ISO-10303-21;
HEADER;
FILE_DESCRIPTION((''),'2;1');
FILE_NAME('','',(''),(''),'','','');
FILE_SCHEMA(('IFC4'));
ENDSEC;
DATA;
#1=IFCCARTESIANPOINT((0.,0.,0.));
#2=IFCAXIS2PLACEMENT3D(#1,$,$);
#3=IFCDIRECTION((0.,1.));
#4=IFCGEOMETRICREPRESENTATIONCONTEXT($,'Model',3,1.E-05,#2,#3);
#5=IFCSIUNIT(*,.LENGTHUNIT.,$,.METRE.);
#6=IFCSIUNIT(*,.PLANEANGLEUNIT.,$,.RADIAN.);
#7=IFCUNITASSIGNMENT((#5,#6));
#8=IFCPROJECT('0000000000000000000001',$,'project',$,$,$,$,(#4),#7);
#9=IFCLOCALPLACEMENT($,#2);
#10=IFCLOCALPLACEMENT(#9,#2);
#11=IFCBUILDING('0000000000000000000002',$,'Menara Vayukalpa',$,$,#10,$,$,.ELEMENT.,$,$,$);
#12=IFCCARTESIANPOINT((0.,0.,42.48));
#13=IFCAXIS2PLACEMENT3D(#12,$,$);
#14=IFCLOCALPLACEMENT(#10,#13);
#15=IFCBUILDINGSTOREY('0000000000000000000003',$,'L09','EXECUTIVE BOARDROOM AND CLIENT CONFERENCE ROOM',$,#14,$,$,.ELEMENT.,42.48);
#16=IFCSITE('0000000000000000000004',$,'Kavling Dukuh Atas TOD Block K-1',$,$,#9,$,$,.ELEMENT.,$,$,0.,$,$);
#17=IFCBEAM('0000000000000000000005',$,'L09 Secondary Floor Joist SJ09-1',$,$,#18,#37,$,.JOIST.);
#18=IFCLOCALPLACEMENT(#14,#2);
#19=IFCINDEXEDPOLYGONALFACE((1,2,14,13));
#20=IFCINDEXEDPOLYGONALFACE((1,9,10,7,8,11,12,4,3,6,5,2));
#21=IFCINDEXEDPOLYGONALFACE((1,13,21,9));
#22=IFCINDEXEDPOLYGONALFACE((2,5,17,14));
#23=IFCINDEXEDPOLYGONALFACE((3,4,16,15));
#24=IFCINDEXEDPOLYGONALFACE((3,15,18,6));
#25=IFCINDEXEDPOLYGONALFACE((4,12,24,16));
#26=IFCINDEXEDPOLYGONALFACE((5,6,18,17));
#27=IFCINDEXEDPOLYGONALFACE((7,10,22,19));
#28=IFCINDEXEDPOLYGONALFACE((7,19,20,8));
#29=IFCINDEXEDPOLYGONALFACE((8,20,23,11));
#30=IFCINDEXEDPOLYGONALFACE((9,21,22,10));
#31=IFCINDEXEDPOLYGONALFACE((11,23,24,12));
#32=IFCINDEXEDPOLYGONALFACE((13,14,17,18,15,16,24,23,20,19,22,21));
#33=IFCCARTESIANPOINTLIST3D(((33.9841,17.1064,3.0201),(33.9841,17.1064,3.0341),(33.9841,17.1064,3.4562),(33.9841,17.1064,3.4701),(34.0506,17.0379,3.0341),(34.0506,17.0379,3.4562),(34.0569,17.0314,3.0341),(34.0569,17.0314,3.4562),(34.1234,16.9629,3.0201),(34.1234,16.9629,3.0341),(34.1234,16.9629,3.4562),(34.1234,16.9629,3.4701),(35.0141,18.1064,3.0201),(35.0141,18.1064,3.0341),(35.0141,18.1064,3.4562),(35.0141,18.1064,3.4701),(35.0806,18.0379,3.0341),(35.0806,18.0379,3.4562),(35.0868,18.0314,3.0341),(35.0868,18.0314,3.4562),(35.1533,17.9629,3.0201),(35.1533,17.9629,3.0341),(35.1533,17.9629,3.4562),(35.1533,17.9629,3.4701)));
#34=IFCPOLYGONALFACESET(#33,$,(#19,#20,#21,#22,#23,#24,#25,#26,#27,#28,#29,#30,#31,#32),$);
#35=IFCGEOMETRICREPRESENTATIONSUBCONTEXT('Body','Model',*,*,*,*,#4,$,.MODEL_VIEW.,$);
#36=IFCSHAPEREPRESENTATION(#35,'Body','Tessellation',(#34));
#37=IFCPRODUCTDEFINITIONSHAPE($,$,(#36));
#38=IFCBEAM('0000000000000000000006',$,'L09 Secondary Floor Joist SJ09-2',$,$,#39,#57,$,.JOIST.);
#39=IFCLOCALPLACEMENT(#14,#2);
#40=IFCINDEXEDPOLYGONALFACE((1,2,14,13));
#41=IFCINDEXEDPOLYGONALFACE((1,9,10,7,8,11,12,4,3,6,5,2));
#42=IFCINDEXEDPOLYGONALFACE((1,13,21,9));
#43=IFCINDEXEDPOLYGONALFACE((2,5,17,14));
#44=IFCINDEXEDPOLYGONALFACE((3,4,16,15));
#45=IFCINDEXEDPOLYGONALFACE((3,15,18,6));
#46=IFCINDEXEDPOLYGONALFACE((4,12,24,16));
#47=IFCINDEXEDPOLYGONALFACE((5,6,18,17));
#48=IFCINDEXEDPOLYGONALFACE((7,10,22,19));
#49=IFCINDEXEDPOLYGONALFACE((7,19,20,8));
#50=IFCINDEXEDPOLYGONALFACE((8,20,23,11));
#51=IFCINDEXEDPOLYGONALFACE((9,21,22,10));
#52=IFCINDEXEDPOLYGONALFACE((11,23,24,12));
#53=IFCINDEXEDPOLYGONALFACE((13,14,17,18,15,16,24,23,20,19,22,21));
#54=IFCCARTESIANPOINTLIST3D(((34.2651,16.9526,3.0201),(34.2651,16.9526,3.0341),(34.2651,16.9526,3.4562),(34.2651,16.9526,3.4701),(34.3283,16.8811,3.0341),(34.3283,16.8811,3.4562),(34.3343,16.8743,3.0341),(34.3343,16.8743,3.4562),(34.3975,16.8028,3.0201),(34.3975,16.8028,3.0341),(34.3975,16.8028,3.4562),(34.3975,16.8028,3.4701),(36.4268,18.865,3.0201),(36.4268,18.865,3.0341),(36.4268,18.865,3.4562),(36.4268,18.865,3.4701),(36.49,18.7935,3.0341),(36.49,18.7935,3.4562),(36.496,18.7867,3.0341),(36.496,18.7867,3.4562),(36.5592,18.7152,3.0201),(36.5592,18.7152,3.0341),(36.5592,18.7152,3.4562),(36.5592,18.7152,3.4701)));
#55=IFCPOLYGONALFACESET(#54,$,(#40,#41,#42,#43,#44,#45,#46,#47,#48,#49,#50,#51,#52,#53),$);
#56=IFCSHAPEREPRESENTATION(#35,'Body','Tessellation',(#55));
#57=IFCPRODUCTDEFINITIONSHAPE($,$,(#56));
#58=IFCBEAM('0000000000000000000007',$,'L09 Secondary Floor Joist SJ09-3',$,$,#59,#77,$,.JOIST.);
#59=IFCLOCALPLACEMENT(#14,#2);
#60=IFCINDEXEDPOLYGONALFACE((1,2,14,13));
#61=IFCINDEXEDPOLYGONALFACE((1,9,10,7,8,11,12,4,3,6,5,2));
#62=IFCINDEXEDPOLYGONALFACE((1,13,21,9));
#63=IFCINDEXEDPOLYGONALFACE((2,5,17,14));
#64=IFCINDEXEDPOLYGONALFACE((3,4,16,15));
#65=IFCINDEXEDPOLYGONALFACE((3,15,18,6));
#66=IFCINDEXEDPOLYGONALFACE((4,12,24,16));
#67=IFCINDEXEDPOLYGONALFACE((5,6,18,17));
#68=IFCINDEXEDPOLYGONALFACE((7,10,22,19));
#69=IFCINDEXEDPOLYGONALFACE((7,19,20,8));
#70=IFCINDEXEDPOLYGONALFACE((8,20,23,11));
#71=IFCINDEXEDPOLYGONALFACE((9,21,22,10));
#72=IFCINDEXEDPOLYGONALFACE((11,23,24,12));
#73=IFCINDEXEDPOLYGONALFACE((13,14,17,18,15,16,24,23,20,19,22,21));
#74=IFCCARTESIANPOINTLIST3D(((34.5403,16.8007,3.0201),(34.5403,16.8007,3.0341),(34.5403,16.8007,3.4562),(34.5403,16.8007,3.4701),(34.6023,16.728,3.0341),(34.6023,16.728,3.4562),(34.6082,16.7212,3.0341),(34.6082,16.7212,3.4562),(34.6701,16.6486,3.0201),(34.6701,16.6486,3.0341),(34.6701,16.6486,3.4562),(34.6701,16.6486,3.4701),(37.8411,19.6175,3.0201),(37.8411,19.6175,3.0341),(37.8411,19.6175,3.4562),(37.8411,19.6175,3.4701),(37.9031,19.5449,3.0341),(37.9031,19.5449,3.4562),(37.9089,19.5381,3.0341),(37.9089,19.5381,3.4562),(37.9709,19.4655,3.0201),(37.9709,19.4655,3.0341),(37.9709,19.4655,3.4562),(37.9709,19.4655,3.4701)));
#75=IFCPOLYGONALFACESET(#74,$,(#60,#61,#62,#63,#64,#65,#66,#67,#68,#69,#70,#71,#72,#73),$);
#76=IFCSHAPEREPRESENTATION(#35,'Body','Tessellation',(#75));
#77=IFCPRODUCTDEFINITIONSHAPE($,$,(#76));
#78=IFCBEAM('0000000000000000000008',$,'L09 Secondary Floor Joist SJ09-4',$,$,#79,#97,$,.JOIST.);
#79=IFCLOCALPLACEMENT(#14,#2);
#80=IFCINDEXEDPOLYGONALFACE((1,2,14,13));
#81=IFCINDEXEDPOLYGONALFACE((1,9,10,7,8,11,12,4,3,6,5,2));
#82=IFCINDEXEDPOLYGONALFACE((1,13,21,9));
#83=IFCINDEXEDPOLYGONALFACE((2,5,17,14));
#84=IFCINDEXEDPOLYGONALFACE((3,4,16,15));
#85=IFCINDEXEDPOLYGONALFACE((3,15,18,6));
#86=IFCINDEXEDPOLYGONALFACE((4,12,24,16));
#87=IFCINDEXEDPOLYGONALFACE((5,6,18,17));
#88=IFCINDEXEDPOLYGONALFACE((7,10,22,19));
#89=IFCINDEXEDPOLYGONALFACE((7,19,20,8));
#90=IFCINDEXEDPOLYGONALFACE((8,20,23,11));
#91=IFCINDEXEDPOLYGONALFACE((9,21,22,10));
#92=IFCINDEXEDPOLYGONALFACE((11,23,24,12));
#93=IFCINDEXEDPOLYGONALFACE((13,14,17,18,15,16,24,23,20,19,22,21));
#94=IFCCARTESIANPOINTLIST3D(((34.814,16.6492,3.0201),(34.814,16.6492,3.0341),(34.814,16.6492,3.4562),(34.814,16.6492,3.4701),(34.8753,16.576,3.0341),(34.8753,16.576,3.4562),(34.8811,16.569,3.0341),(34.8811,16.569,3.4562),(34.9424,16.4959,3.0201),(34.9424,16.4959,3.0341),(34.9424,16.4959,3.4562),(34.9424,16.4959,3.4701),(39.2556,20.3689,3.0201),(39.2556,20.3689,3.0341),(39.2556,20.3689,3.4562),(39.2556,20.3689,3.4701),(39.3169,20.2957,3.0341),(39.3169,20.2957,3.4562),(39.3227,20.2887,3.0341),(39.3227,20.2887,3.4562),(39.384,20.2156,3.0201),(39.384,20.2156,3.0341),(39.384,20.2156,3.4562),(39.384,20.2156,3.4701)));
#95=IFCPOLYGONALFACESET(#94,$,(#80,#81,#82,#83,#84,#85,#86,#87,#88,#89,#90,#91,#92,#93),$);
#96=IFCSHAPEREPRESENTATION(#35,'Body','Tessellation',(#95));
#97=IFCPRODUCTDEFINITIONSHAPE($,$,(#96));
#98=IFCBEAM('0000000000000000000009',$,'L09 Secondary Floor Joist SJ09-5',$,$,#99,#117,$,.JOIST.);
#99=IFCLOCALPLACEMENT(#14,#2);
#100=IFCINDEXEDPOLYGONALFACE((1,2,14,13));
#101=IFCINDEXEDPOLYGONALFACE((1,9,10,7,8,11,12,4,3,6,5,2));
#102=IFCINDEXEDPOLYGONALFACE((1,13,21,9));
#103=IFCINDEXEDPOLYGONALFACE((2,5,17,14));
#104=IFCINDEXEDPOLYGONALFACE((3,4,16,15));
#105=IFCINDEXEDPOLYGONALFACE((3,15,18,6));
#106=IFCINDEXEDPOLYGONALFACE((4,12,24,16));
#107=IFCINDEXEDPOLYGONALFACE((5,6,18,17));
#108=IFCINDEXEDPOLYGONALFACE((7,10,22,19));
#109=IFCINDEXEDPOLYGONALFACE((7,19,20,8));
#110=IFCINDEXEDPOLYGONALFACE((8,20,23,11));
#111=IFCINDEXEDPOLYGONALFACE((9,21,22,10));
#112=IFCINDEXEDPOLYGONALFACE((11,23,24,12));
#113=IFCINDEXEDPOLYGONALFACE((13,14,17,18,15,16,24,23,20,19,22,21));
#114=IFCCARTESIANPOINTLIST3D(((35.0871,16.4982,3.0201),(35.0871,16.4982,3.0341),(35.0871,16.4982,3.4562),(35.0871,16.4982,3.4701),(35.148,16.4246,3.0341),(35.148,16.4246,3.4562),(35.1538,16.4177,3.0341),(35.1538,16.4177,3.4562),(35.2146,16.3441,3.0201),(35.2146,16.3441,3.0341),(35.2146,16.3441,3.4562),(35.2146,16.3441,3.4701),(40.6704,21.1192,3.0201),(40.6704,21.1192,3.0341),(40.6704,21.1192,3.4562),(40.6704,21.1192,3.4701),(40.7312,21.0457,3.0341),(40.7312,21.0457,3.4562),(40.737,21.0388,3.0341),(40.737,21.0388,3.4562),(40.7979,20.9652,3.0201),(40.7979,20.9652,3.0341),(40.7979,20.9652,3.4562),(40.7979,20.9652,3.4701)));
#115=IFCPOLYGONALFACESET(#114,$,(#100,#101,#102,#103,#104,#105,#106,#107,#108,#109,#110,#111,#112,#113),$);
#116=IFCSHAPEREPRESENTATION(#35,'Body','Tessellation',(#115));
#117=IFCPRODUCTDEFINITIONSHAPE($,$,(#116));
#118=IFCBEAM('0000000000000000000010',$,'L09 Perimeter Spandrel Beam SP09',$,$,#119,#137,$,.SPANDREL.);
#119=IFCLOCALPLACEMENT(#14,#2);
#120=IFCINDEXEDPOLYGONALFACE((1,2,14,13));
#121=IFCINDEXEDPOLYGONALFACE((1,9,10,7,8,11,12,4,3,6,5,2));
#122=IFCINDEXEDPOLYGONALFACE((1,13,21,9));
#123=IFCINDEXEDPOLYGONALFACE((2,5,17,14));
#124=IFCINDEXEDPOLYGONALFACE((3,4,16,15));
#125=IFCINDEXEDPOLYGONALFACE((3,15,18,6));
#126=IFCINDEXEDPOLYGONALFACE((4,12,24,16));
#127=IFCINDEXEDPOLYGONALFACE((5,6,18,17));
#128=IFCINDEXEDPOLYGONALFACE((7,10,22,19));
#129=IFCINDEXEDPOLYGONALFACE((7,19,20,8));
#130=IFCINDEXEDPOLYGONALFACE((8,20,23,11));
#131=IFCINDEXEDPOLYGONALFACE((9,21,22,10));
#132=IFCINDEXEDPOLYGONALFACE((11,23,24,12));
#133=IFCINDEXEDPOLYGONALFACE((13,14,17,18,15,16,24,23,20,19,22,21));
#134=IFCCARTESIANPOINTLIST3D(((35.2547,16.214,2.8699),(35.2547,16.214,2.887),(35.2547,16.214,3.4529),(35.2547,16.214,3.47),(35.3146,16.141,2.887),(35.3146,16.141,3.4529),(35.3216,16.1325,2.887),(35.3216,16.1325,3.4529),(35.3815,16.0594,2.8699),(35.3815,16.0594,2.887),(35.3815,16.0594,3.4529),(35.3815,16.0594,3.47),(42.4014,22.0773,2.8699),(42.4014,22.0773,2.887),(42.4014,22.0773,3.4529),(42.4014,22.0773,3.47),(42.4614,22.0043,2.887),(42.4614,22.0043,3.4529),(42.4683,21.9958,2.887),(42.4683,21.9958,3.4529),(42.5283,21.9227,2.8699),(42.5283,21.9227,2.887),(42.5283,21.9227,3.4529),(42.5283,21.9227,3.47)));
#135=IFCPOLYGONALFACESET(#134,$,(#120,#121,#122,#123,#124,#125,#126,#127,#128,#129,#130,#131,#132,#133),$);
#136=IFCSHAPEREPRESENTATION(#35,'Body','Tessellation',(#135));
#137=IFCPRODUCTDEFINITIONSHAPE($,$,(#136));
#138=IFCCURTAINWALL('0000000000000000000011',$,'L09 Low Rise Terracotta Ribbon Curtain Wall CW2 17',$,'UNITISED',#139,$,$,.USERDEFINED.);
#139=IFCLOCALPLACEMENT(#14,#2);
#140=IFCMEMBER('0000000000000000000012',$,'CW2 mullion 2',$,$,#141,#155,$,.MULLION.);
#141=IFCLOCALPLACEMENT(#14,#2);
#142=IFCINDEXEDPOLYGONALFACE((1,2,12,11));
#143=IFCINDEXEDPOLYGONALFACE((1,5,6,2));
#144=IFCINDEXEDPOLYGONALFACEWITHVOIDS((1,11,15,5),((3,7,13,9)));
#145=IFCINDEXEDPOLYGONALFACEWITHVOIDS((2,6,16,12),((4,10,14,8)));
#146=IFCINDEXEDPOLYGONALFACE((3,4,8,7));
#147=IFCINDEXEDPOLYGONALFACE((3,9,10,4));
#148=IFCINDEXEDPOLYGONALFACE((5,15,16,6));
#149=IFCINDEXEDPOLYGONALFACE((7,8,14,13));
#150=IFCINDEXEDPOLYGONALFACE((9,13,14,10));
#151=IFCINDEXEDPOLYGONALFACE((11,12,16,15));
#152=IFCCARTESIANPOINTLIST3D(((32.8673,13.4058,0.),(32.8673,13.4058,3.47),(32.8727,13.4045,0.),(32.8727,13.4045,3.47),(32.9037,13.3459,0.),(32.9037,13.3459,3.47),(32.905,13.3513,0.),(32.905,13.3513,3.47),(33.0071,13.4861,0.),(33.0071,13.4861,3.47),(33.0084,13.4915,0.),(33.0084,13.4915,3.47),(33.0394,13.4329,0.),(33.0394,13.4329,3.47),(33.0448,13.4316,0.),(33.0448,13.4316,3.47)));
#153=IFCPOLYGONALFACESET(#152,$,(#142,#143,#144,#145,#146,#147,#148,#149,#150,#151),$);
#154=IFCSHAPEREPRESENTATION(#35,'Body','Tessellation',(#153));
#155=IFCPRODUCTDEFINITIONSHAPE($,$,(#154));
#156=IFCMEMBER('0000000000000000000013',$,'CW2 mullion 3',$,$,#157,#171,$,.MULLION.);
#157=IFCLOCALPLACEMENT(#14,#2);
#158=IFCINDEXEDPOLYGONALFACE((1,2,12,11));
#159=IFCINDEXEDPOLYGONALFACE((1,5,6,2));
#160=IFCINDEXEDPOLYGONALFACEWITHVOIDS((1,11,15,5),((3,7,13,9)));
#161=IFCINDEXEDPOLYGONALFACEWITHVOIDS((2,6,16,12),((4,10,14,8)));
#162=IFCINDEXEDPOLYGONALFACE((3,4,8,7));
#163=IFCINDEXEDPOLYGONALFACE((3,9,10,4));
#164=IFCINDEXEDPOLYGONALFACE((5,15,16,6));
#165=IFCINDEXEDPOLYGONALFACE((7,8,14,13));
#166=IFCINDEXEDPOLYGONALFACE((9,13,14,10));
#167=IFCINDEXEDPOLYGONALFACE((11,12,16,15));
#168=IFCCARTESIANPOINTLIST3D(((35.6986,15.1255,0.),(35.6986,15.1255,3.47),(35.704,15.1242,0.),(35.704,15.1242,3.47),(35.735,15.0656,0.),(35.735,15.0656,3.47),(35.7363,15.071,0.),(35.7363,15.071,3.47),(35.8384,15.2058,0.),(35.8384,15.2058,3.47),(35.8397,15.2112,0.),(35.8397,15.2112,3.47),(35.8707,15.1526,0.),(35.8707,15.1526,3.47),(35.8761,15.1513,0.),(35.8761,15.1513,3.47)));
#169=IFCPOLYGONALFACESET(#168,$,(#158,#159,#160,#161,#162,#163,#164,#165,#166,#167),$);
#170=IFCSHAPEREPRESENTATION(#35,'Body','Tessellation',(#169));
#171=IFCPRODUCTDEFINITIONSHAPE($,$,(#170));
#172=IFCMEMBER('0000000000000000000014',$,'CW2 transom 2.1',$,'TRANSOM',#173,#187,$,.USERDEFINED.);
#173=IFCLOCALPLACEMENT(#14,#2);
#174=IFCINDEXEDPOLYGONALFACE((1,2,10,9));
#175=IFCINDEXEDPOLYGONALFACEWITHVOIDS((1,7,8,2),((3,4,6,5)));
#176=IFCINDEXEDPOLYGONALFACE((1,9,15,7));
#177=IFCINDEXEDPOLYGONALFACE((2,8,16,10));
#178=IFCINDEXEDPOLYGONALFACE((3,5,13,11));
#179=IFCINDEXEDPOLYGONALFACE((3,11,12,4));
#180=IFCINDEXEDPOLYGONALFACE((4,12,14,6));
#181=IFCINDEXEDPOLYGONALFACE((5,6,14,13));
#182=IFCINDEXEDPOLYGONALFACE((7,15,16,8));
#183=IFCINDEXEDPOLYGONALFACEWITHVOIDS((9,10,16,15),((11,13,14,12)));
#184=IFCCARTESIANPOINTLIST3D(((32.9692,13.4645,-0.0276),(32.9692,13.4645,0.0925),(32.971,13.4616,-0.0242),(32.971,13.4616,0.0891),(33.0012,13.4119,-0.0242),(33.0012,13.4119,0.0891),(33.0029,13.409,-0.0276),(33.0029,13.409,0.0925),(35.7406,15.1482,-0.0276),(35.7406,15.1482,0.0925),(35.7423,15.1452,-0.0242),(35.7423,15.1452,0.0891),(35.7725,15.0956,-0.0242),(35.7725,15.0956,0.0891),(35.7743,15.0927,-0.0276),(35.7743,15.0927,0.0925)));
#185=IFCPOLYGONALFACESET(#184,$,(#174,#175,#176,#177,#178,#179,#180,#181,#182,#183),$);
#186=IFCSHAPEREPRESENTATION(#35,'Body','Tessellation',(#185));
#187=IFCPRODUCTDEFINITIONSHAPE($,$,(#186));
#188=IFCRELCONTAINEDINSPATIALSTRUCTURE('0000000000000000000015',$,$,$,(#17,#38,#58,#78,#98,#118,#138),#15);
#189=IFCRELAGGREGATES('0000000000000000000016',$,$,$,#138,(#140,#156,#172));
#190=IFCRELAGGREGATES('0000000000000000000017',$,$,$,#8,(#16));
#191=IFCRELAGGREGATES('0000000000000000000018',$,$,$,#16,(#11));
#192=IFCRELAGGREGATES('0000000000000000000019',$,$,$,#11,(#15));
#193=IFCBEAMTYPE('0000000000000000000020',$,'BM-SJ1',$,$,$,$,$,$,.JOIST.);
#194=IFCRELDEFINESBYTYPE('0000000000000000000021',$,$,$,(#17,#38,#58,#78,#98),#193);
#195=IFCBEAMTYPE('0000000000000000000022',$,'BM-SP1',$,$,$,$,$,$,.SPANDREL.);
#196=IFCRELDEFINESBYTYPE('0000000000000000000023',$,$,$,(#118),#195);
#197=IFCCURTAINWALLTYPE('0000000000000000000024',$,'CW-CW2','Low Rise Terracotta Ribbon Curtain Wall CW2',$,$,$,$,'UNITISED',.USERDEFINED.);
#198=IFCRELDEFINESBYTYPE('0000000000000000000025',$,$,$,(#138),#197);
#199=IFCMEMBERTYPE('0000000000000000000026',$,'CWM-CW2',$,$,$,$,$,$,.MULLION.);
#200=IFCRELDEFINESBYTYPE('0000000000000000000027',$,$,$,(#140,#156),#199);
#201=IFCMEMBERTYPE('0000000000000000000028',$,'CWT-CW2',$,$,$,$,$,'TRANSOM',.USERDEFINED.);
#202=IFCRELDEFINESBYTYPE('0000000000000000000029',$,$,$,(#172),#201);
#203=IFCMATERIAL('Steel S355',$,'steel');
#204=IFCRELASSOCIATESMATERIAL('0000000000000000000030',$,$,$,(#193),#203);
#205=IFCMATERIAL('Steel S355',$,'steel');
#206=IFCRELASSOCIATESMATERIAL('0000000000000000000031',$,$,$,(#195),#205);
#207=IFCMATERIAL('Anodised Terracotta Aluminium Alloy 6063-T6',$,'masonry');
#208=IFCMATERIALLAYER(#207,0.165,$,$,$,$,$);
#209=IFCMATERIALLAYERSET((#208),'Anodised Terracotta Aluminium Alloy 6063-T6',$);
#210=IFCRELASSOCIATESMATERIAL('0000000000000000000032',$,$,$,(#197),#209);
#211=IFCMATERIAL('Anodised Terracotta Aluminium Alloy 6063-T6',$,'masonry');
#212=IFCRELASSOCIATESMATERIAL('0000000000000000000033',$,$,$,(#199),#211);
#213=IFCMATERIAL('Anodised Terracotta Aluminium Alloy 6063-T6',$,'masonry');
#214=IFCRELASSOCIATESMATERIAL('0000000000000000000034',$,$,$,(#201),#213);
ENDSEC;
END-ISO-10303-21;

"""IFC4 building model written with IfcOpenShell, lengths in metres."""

from ifc_helpers import new_model, si_unit, direction, frame, origin, origin_2d, place, context, subcontext, project, spatial, hollow_rectangle, i_section, extrude, material, layer, layer_set, material_profile, profile_set, type_object, element, aggregate, save


model = new_model("IFC4")

# Units and contexts
model_context = context("Model", 3, precision=1e-05, world=origin(), true_north=direction((0.0, 1.0)))
body_context = subcontext(model_context, "Body", "Model", "MODEL_VIEW")
ifc_project = project(units=[si_unit("LENGTHUNIT", "METRE"), si_unit("PLANEANGLEUNIT", "RADIAN")], contexts=[model_context])

# Site, building, storey
site_placement = place(None, origin())
site = spatial("IfcSite", under=ifc_project, at=site_placement, Name="Kavling Dukuh Atas TOD Block K-1", CompositionType="ELEMENT", RefElevation=0.0)
building_placement = place(site_placement, origin())
building = spatial("IfcBuilding", under=site, at=building_placement, Name="Menara Vayukalpa", CompositionType="ELEMENT")
storey_placement = place(building_placement, frame((0.0, 0.0, 42.48)))
storey = spatial("IfcBuildingStorey", under=building, at=storey_placement, Name="L09", Description="EXECUTIVE BOARDROOM AND CLIENT CONFERENCE ROOM", CompositionType="ELEMENT", Elevation=42.48)

# Beams
ifc_material_1 = material(Name="Steel S355", Category="steel")
ifc_material_profile_1 = material_profile(ifc_material_1, i_section(OverallWidth=0.2, OverallDepth=0.45, WebThickness=0.009, FlangeThickness=0.0139, at=origin_2d()), Name="WF 450x200x9x14")
ifc_profile_set_1 = profile_set([ifc_material_profile_1], Name="Steel S355")
beam_type_1 = type_object("IfcBeamType", Name="BM-SJ1", PredefinedType="JOIST", material=ifc_profile_set_1)
beam_1_placement = place(storey_placement, frame((34.0537, 17.0347, 3.2451), z_axis=(0.717488, 0.696571, 0.0), x_axis=(-0.696571, 0.717488, 0.0)))
element("IfcBeam", 1, at=beam_1_placement, inside=storey, type_object=beam_type_1, Name="L09 Secondary Floor Joist SJ09-1", PredefinedType="JOIST", context=body_context, shape_type="SweptSolid", body=[
    extrude(i_section(OverallWidth=0.2, OverallDepth=0.45, WebThickness=0.009, FlangeThickness=0.0139, at=origin_2d()), origin(), (0.0, 0.0, 1.0), 1.4355),
])
beam_2_placement = place(storey_placement, frame((34.3313, 16.8777, 3.2451), z_axis=(0.748971, 0.662603, 0.0), x_axis=(-0.662603, 0.748971, 0.0)))
element("IfcBeam", 2, at=beam_2_placement, inside=storey, type_object=beam_type_1, Name="L09 Secondary Floor Joist SJ09-2", PredefinedType="JOIST", context=body_context, shape_type="SweptSolid", body=[
    extrude(i_section(OverallWidth=0.2, OverallDepth=0.45, WebThickness=0.009, FlangeThickness=0.0139, at=origin_2d()), origin(), (0.0, 0.0, 1.0), 2.8862),
])
beam_3_placement = place(storey_placement, frame((34.6052, 16.7246, 3.2451), z_axis=(0.760661, 0.64915, 0.0), x_axis=(-0.64915, 0.760661, 0.0)))
element("IfcBeam", 3, at=beam_3_placement, inside=storey, type_object=beam_type_1, Name="L09 Secondary Floor Joist SJ09-3", PredefinedType="JOIST", context=body_context, shape_type="SweptSolid", body=[
    extrude(i_section(OverallWidth=0.2, OverallDepth=0.45, WebThickness=0.009, FlangeThickness=0.0139, at=origin_2d()), origin(), (0.0, 0.0, 1.0), 4.3394),
])
beam_4_placement = place(storey_placement, frame((34.8782, 16.5725, 3.2451), z_axis=(0.766661, 0.642052, 0.0), x_axis=(-0.642052, 0.766661, 0.0)))
element("IfcBeam", 4, at=beam_4_placement, inside=storey, type_object=beam_type_1, Name="L09 Secondary Floor Joist SJ09-4", PredefinedType="JOIST", context=body_context, shape_type="SweptSolid", body=[
    extrude(i_section(OverallWidth=0.2, OverallDepth=0.45, WebThickness=0.009, FlangeThickness=0.0139, at=origin_2d()), origin(), (0.0, 0.0, 1.0), 5.7935),
])
beam_5_placement = place(storey_placement, frame((35.1509, 16.4211, 3.2451), z_axis=(0.770362, 0.637606, 0.0), x_axis=(-0.637606, 0.770362, 0.0)))
element("IfcBeam", 5, at=beam_5_placement, inside=storey, type_object=beam_type_1, Name="L09 Secondary Floor Joist SJ09-5", PredefinedType="JOIST", context=body_context, shape_type="SweptSolid", body=[
    extrude(i_section(OverallWidth=0.2, OverallDepth=0.45, WebThickness=0.009, FlangeThickness=0.0139, at=origin_2d()), origin(), (0.0, 0.0, 1.0), 7.2476),
])
ifc_material_2 = material(Name="Steel S355", Category="steel")
ifc_material_profile_2 = material_profile(ifc_material_2, i_section(OverallWidth=0.2, OverallDepth=0.6001, WebThickness=0.011, FlangeThickness=0.0171, at=origin_2d()), Name="WF 600x200x11x17")
ifc_profile_set_2 = profile_set([ifc_material_profile_2], Name="Steel S355")
beam_type_2 = type_object("IfcBeamType", Name="BM-SP1", PredefinedType="SPANDREL", material=ifc_profile_set_2)
beam_6_placement = place(storey_placement, frame((35.3181, 16.1367, 3.1699), z_axis=(0.773111, 0.634271, 0.0), x_axis=(-0.634271, 0.773111, 0.0)))
element("IfcBeam", 6, at=beam_6_placement, inside=storey, type_object=beam_type_2, Name="L09 Perimeter Spandrel Beam SP09", PredefinedType="SPANDREL", context=body_context, shape_type="SweptSolid", body=[
    extrude(i_section(OverallWidth=0.2, OverallDepth=0.6001, WebThickness=0.011, FlangeThickness=0.0171, at=origin_2d()), origin(), (0.0, 0.0, 1.0), 9.2441),
])

# Curtain wall, members
ifc_material_3 = material(Name="Anodised Terracotta Aluminium Alloy 6063-T6", Category="masonry")
ifc_layer_1 = layer(ifc_material_3, 0.165)
ifc_layer_set_1 = layer_set([ifc_layer_1], Name="Anodised Terracotta Aluminium Alloy 6063-T6")
curtain_wall_type = type_object("IfcCurtainWallType", Name="CW-CW2", Description="Low Rise Terracotta Ribbon Curtain Wall CW2", ElementType="UNITISED", PredefinedType="USERDEFINED", material=ifc_layer_set_1)
curtain_wall_placement = place(storey_placement, origin())
curtain_wall = element("IfcCurtainWall", 7, at=curtain_wall_placement, inside=storey, type_object=curtain_wall_type, Name="L09 Low Rise Terracotta Ribbon Curtain Wall CW2 17", ObjectType="UNITISED", PredefinedType="USERDEFINED")
ifc_material_4 = material(Name="Anodised Terracotta Aluminium Alloy 6063-T6", Category="masonry")
ifc_material_profile_3 = material_profile(ifc_material_4, hollow_rectangle(XDim=0.0701, YDim=0.165, WallThickness=0.0039, at=origin_2d()), Name="ALU 70x165x4")
ifc_profile_set_3 = profile_set([ifc_material_profile_3], Name="Anodised Terracotta Aluminium Alloy 6063-T6")
member_type_1 = type_object("IfcMemberType", Name="CWM-CW2", PredefinedType="MULLION", material=ifc_profile_set_3)
member_1_placement = place(storey_placement, frame((32.9561, 13.4187, 0.0), z_axis=(0.0, 0.0, 1.0), x_axis=(-0.519182, 0.854664, 0.0)))
member_1 = element("IfcMember", 8, at=member_1_placement, type_object=member_type_1, Name="CW2 mullion 2", PredefinedType="MULLION", context=body_context, shape_type="SweptSolid", body=[
    extrude(hollow_rectangle(XDim=0.0701, YDim=0.165, WallThickness=0.0039, at=origin_2d()), origin(), (0.0, 0.0, 1.0), 3.47),
])
member_2_placement = place(storey_placement, frame((35.7874, 15.1384, 0.0), z_axis=(0.0, 0.0, 1.0), x_axis=(-0.519182, 0.854664, 0.0)))
member_2 = element("IfcMember", 9, at=member_2_placement, type_object=member_type_1, Name="CW2 mullion 3", PredefinedType="MULLION", context=body_context, shape_type="SweptSolid", body=[
    extrude(hollow_rectangle(XDim=0.0701, YDim=0.165, WallThickness=0.0039, at=origin_2d()), origin(), (0.0, 0.0, 1.0), 3.47),
])
ifc_material_5 = material(Name="Anodised Terracotta Aluminium Alloy 6063-T6", Category="masonry")
ifc_material_profile_4 = material_profile(ifc_material_5, hollow_rectangle(XDim=0.0649, YDim=0.1201, WallThickness=0.0034, at=origin_2d()), Name="ALU 65x120x3.5")
ifc_profile_set_4 = profile_set([ifc_material_profile_4], Name="Anodised Terracotta Aluminium Alloy 6063-T6")
member_type_2 = type_object("IfcMemberType", Name="CWT-CW2", ElementType="TRANSOM", PredefinedType="USERDEFINED", material=ifc_profile_set_4)
member_3_placement = place(storey_placement, frame((32.9861, 13.4368, 0.0325), z_axis=(0.854643, 0.519216, 0.0), x_axis=(-0.519216, 0.854643, 0.0)))
member_3 = element("IfcMember", 10, at=member_3_placement, type_object=member_type_2, Name="CW2 transom 2.1", ObjectType="TRANSOM", PredefinedType="USERDEFINED", context=body_context, shape_type="SweptSolid", body=[
    extrude(hollow_rectangle(XDim=0.0649, YDim=0.1201, WallThickness=0.0034, at=origin_2d()), origin(), (0.0, 0.0, 1.0), 3.2427),
])
aggregate(curtain_wall, [member_1, member_2, member_3])

save(model, "model.ifc")
